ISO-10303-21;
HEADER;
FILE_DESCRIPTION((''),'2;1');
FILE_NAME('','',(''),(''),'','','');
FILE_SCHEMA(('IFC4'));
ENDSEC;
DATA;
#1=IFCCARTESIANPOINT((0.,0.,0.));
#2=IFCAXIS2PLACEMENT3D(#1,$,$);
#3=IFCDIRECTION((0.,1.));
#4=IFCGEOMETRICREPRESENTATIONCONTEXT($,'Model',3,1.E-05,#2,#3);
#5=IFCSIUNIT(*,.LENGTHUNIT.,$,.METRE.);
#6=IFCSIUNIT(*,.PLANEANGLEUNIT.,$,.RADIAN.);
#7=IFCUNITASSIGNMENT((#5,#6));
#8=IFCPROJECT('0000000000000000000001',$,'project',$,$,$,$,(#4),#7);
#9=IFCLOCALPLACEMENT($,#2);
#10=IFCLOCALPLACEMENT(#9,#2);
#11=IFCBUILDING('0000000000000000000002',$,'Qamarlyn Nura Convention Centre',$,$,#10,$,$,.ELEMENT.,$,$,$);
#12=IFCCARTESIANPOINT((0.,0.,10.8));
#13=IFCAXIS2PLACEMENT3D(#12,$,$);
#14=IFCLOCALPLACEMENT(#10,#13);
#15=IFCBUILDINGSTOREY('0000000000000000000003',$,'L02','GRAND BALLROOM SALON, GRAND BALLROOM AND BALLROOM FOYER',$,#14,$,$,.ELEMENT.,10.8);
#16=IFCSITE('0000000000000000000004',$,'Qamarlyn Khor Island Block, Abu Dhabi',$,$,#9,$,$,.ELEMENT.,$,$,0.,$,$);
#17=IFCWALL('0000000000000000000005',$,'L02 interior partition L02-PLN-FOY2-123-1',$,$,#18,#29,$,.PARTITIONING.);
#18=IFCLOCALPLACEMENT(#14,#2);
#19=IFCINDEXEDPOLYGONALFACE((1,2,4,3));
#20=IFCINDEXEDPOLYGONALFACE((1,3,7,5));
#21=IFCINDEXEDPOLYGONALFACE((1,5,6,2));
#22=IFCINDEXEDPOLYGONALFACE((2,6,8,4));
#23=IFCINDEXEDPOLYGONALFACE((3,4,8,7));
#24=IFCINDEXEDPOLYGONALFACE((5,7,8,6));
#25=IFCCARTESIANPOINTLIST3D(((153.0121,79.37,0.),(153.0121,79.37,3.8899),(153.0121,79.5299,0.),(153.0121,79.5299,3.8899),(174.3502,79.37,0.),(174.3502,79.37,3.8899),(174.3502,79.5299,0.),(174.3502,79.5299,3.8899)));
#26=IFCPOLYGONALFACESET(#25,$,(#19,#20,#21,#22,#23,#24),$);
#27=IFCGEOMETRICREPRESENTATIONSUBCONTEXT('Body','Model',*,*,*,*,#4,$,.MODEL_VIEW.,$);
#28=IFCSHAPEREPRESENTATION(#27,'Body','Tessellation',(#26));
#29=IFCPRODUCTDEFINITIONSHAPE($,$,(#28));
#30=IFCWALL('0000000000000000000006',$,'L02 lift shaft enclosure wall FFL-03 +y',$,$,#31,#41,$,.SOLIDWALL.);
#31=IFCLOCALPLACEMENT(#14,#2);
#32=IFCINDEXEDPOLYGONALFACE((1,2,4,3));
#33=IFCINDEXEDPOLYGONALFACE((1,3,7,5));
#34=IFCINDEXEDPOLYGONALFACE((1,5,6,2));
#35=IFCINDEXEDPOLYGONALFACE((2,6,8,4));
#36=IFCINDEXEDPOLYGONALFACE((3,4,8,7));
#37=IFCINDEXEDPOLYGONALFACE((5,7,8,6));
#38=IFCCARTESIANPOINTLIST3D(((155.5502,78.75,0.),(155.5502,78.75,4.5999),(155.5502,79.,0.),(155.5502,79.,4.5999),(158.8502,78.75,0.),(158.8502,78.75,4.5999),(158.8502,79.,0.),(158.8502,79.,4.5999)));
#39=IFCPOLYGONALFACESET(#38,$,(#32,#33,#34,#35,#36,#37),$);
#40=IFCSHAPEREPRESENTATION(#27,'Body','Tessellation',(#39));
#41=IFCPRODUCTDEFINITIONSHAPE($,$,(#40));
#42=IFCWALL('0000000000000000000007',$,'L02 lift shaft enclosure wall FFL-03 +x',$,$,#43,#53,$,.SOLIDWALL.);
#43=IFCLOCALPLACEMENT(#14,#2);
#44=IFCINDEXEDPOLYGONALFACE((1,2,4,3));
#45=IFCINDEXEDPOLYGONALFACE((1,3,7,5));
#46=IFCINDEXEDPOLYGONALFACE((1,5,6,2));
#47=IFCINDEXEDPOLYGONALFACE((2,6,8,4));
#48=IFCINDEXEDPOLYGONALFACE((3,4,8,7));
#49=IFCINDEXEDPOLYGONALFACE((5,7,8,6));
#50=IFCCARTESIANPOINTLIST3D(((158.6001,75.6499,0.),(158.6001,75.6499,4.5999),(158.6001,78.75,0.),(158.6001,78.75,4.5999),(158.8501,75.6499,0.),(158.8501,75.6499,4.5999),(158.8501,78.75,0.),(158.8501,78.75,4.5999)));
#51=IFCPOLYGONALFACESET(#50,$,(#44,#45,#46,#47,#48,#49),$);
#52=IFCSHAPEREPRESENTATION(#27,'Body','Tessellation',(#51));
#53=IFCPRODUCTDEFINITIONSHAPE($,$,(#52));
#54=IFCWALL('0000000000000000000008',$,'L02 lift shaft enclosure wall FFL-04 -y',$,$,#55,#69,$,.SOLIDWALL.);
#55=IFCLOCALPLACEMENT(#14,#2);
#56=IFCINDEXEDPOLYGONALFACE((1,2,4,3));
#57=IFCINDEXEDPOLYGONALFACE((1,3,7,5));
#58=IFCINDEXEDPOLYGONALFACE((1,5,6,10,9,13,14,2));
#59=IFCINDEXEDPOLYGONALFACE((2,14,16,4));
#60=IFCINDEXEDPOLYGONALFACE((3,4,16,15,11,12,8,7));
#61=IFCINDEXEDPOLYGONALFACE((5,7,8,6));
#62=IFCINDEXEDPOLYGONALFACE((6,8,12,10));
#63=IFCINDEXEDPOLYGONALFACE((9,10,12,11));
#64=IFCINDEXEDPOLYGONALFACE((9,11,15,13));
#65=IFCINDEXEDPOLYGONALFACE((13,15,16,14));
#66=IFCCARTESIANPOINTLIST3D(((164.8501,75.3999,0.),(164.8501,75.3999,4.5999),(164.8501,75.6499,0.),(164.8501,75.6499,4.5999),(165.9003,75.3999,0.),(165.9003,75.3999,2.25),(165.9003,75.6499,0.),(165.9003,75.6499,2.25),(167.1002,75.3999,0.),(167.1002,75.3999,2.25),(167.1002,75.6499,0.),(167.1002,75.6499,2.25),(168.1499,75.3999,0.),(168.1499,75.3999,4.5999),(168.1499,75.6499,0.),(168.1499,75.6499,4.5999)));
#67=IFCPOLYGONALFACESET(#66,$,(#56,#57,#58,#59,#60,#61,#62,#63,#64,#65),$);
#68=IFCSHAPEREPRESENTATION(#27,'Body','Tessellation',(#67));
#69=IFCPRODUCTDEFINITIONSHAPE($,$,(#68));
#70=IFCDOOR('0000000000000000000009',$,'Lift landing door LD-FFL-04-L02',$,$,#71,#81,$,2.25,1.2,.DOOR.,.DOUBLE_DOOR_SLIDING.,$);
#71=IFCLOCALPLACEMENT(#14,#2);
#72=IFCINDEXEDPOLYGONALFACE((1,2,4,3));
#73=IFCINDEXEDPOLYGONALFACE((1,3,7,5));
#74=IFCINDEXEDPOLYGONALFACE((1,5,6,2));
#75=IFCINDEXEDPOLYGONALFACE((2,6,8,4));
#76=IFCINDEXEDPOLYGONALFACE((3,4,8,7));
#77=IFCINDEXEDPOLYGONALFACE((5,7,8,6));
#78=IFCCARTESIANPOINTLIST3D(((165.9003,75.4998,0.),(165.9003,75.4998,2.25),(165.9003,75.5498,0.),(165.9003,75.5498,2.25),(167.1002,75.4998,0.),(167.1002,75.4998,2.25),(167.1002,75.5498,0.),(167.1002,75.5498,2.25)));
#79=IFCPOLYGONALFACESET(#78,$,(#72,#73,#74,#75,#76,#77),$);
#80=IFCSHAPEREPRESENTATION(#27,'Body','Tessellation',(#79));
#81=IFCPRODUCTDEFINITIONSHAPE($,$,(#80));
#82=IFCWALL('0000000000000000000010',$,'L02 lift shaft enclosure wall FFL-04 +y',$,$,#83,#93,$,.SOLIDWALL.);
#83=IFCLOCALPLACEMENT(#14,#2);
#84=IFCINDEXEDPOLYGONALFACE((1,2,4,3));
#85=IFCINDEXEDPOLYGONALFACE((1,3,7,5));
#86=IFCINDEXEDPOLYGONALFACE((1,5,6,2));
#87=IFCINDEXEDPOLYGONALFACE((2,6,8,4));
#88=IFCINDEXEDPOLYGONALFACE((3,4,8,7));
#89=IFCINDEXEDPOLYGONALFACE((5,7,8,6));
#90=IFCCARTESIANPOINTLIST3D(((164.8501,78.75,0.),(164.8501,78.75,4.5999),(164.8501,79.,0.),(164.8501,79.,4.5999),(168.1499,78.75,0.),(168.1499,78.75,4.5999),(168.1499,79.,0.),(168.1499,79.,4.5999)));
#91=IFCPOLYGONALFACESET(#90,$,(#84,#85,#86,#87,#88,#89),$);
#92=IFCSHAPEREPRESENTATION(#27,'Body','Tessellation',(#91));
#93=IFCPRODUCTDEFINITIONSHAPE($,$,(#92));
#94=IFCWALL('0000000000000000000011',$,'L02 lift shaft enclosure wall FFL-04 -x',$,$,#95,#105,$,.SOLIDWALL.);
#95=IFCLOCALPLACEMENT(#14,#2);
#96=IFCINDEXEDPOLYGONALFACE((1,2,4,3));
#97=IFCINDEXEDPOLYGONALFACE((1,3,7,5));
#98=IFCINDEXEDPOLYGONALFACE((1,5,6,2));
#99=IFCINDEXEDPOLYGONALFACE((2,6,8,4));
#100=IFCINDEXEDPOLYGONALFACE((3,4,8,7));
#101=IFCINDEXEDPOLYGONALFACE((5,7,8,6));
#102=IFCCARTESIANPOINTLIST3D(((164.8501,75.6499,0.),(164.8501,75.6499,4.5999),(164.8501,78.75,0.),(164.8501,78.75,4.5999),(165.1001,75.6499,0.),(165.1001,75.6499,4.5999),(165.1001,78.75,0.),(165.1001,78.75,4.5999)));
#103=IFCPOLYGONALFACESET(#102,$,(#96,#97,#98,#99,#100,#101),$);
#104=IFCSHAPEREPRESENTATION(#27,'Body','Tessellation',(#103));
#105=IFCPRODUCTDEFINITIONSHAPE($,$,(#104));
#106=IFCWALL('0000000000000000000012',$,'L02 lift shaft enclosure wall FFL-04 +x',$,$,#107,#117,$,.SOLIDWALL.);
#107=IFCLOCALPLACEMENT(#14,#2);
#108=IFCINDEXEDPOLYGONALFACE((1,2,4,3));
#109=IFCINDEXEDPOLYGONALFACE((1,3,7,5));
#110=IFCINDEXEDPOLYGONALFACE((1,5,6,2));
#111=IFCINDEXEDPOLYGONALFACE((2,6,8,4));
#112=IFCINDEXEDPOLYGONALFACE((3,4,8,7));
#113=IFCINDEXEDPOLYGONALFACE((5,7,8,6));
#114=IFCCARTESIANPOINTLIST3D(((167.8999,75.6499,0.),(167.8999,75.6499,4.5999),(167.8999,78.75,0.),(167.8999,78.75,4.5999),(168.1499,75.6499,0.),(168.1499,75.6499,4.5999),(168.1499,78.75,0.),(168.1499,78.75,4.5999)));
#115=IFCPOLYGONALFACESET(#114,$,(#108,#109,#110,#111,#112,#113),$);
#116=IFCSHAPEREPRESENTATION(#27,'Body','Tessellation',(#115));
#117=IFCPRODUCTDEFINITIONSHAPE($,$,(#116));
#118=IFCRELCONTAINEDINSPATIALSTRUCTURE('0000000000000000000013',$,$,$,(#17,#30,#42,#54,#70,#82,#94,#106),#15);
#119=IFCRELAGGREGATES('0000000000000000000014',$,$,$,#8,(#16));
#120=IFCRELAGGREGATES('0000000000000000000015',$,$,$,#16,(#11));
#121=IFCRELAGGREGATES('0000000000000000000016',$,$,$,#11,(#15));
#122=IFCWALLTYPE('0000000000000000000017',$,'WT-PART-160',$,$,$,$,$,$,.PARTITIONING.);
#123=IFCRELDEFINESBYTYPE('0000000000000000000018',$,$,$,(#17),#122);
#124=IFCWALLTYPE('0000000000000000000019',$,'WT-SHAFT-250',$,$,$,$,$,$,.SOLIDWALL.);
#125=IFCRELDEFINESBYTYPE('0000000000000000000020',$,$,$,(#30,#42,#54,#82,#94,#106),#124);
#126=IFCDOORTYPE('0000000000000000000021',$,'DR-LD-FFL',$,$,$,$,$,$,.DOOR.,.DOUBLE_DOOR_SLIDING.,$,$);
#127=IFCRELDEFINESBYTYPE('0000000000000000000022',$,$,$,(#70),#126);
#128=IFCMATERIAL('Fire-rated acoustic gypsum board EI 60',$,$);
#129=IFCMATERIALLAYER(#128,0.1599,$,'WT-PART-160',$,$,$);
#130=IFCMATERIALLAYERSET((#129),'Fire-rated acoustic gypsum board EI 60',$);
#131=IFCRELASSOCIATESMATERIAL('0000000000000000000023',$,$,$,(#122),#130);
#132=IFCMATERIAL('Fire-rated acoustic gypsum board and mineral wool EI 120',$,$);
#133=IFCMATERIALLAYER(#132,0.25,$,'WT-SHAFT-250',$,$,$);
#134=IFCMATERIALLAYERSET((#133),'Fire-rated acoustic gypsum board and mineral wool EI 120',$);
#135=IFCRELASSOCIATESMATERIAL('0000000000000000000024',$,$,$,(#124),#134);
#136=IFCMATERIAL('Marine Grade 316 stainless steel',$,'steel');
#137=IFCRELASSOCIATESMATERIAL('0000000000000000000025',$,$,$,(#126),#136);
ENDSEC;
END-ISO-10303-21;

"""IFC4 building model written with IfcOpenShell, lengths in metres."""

from ifc_helpers import new_model, si_unit, direction, frame, frame_2d, origin, place, context, subcontext, project, spatial, rectangle, extrude, material, layer, layer_set, type_object, element, fill, save


model = new_model("IFC4")

# Units and contexts
model_context = context("Model", 3, precision=1e-05, world=origin(), true_north=direction((0.0, 1.0)))
body_context = subcontext(model_context, "Body", "Model", "MODEL_VIEW")
ifc_project = project(units=[si_unit("LENGTHUNIT", "METRE"), si_unit("PLANEANGLEUNIT", "RADIAN")], contexts=[model_context])

# Site, building, storey
site_placement = place(None, origin())
site = spatial("IfcSite", under=ifc_project, at=site_placement, Name="Qamarlyn Khor Island Block, Abu Dhabi", CompositionType="ELEMENT", RefElevation=0.0)
building_placement = place(site_placement, origin())
building = spatial("IfcBuilding", under=site, at=building_placement, Name="Qamarlyn Nura Convention Centre", CompositionType="ELEMENT")
storey_placement = place(building_placement, frame((0.0, 0.0, 10.8)))
storey = spatial("IfcBuildingStorey", under=building, at=storey_placement, Name="L02", Description="GRAND BALLROOM SALON, GRAND BALLROOM AND BALLROOM FOYER", CompositionType="ELEMENT", Elevation=10.8)

# Shared definitions
ifc_material_1 = material(Name="Fire-rated acoustic gypsum board and mineral wool EI 120")

# Walls
ifc_material_2 = material(Name="Fire-rated acoustic gypsum board EI 60")
ifc_layer_1 = layer(ifc_material_2, 0.1599, Name="WT-PART-160")
ifc_layer_set_1 = layer_set([ifc_layer_1], Name="Fire-rated acoustic gypsum board EI 60")
wall_type_1 = type_object("IfcWallType", Name="WT-PART-160", PredefinedType="PARTITIONING", material=ifc_layer_set_1)
wall_1_placement = place(storey_placement, frame((174.3501, 79.45, 0.0), z_axis=(0.0, 0.0, 1.0), x_axis=(-1.0, 0.0, 0.0)))
element("IfcWall", 1, at=wall_1_placement, inside=storey, type_object=wall_type_1, Name="L02 interior partition L02-PLN-FOY2-123-1", PredefinedType="PARTITIONING", context=body_context, shape_type="SweptSolid", body=[
    extrude(rectangle(XDim=21.3381, YDim=0.1599, at=frame_2d((10.6689, 0.0))), origin(), (0.0, 0.0, 1.0), 3.8899),
])
ifc_layer_2 = layer(ifc_material_1, 0.25, Name="WT-SHAFT-250")
ifc_layer_set_2 = layer_set([ifc_layer_2], Name="Fire-rated acoustic gypsum board and mineral wool EI 120")
wall_type_2 = type_object("IfcWallType", Name="WT-SHAFT-250", PredefinedType="SOLIDWALL", material=ifc_layer_set_2)
wall_2_placement = place(storey_placement, frame((158.8501, 78.875, 0.0), z_axis=(0.0, 0.0, 1.0), x_axis=(-1.0, 0.0, 0.0)))
element("IfcWall", 2, at=wall_2_placement, inside=storey, type_object=wall_type_2, Name="L02 lift shaft enclosure wall FFL-03 +y", PredefinedType="SOLIDWALL", context=body_context, shape_type="SweptSolid", body=[
    extrude(rectangle(XDim=3.3, YDim=0.25, at=frame_2d((1.6499, 0.0))), origin(), (0.0, 0.0, 1.0), 4.5999),
])
wall_3_placement = place(storey_placement, frame((158.7251, 75.6499, 0.0), z_axis=(0.0, 0.0, 1.0), x_axis=(0.0, 1.0, 0.0)))
element("IfcWall", 3, at=wall_3_placement, inside=storey, type_object=wall_type_2, Name="L02 lift shaft enclosure wall FFL-03 +x", PredefinedType="SOLIDWALL", context=body_context, shape_type="SweptSolid", body=[
    extrude(rectangle(XDim=3.1001, YDim=0.25, at=frame_2d((1.55, 0.0))), origin(), (0.0, 0.0, 1.0), 4.5999),
])

# Wall, opening, door
wall_4_placement = place(storey_placement, frame((164.8501, 75.5249, 0.0), z_axis=(0.0, 0.0, 1.0), x_axis=(1.0, 0.0, 0.0)))
wall_4 = element("IfcWall", 4, at=wall_4_placement, inside=storey, type_object=wall_type_2, Name="L02 lift shaft enclosure wall FFL-04 -y", PredefinedType="SOLIDWALL", context=body_context, shape_type="SweptSolid", body=[
    extrude(rectangle(XDim=3.2998, YDim=0.25, at=frame_2d((1.6499, 0.0))), origin(), (0.0, 0.0, 1.0), 4.5999),
])
opening_1_placement = place(wall_4_placement, frame((1.05, 0.0, 0.0)))
opening_1 = element("IfcOpeningElement", 5, at=opening_1_placement, cuts=wall_4, PredefinedType="OPENING", context=body_context, shape_type="SweptSolid", body=[
    extrude(rectangle(XDim=1.2, YDim=2.25, at=frame_2d((0.6001, 1.125))), frame((0.0, 0.135, 0.0), z_axis=(0.0, -1.0, 0.0), x_axis=(1.0, 0.0, 0.0)), (0.0, 0.0, 1.0), 0.27),
])
ifc_material_3 = material(Name="Marine Grade 316 stainless steel", Category="steel")
door_type_1 = type_object("IfcDoorType", Name="DR-LD-FFL", OperationType="DOUBLE_DOOR_SLIDING", PredefinedType="DOOR", material=ifc_material_3)
door_1_placement = place(opening_1_placement, origin())
door_1 = element("IfcDoor", 6, at=door_1_placement, inside=storey, type_object=door_type_1, Name="Lift landing door LD-FFL-04-L02", OperationType="DOUBLE_DOOR_SLIDING", OverallHeight=2.25, OverallWidth=1.2, PredefinedType="DOOR", context=body_context, shape_type="SweptSolid", body=[
    extrude(rectangle(XDim=1.2, YDim=2.25, at=frame_2d((0.6001, 1.125))), frame((0.0, 0.0249, 0.0), z_axis=(0.0, -1.0, 0.0), x_axis=(1.0, 0.0, 0.0)), (0.0, 0.0, 1.0), 0.05),
])
fill(opening_1, door_1)

# Walls
wall_5_placement = place(storey_placement, frame((168.1499, 78.875, 0.0), z_axis=(0.0, 0.0, 1.0), x_axis=(-1.0, 0.0, 0.0)))
element("IfcWall", 7, at=wall_5_placement, inside=storey, type_object=wall_type_2, Name="L02 lift shaft enclosure wall FFL-04 +y", PredefinedType="SOLIDWALL", context=body_context, shape_type="SweptSolid", body=[
    extrude(rectangle(XDim=3.2998, YDim=0.25, at=frame_2d((1.6499, 0.0))), origin(), (0.0, 0.0, 1.0), 4.5999),
])
for number, where, z_axis, x_axis, name in (
    (8, (164.9751, 78.75, 0.0), (0.0, 0.0, 1.0), (0.0, -1.0, 0.0), "L02 lift shaft enclosure wall FFL-04 -x"),
    (9, (168.0249, 75.6499, 0.0), (0.0, 0.0, 1.0), (0.0, 1.0, 0.0), "L02 lift shaft enclosure wall FFL-04 +x"),
):
    element("IfcWall", number, at=place(storey_placement, frame(where, z_axis=z_axis, x_axis=x_axis)), inside=storey, type_object=wall_type_2, Name=name, PredefinedType="SOLIDWALL", context=body_context, shape_type="SweptSolid", body=[
        extrude(rectangle(XDim=3.1001, YDim=0.25, at=frame_2d((1.55, 0.0))), origin(), (0.0, 0.0, 1.0), 4.5999),
    ])

save(model, "model.ifc")
